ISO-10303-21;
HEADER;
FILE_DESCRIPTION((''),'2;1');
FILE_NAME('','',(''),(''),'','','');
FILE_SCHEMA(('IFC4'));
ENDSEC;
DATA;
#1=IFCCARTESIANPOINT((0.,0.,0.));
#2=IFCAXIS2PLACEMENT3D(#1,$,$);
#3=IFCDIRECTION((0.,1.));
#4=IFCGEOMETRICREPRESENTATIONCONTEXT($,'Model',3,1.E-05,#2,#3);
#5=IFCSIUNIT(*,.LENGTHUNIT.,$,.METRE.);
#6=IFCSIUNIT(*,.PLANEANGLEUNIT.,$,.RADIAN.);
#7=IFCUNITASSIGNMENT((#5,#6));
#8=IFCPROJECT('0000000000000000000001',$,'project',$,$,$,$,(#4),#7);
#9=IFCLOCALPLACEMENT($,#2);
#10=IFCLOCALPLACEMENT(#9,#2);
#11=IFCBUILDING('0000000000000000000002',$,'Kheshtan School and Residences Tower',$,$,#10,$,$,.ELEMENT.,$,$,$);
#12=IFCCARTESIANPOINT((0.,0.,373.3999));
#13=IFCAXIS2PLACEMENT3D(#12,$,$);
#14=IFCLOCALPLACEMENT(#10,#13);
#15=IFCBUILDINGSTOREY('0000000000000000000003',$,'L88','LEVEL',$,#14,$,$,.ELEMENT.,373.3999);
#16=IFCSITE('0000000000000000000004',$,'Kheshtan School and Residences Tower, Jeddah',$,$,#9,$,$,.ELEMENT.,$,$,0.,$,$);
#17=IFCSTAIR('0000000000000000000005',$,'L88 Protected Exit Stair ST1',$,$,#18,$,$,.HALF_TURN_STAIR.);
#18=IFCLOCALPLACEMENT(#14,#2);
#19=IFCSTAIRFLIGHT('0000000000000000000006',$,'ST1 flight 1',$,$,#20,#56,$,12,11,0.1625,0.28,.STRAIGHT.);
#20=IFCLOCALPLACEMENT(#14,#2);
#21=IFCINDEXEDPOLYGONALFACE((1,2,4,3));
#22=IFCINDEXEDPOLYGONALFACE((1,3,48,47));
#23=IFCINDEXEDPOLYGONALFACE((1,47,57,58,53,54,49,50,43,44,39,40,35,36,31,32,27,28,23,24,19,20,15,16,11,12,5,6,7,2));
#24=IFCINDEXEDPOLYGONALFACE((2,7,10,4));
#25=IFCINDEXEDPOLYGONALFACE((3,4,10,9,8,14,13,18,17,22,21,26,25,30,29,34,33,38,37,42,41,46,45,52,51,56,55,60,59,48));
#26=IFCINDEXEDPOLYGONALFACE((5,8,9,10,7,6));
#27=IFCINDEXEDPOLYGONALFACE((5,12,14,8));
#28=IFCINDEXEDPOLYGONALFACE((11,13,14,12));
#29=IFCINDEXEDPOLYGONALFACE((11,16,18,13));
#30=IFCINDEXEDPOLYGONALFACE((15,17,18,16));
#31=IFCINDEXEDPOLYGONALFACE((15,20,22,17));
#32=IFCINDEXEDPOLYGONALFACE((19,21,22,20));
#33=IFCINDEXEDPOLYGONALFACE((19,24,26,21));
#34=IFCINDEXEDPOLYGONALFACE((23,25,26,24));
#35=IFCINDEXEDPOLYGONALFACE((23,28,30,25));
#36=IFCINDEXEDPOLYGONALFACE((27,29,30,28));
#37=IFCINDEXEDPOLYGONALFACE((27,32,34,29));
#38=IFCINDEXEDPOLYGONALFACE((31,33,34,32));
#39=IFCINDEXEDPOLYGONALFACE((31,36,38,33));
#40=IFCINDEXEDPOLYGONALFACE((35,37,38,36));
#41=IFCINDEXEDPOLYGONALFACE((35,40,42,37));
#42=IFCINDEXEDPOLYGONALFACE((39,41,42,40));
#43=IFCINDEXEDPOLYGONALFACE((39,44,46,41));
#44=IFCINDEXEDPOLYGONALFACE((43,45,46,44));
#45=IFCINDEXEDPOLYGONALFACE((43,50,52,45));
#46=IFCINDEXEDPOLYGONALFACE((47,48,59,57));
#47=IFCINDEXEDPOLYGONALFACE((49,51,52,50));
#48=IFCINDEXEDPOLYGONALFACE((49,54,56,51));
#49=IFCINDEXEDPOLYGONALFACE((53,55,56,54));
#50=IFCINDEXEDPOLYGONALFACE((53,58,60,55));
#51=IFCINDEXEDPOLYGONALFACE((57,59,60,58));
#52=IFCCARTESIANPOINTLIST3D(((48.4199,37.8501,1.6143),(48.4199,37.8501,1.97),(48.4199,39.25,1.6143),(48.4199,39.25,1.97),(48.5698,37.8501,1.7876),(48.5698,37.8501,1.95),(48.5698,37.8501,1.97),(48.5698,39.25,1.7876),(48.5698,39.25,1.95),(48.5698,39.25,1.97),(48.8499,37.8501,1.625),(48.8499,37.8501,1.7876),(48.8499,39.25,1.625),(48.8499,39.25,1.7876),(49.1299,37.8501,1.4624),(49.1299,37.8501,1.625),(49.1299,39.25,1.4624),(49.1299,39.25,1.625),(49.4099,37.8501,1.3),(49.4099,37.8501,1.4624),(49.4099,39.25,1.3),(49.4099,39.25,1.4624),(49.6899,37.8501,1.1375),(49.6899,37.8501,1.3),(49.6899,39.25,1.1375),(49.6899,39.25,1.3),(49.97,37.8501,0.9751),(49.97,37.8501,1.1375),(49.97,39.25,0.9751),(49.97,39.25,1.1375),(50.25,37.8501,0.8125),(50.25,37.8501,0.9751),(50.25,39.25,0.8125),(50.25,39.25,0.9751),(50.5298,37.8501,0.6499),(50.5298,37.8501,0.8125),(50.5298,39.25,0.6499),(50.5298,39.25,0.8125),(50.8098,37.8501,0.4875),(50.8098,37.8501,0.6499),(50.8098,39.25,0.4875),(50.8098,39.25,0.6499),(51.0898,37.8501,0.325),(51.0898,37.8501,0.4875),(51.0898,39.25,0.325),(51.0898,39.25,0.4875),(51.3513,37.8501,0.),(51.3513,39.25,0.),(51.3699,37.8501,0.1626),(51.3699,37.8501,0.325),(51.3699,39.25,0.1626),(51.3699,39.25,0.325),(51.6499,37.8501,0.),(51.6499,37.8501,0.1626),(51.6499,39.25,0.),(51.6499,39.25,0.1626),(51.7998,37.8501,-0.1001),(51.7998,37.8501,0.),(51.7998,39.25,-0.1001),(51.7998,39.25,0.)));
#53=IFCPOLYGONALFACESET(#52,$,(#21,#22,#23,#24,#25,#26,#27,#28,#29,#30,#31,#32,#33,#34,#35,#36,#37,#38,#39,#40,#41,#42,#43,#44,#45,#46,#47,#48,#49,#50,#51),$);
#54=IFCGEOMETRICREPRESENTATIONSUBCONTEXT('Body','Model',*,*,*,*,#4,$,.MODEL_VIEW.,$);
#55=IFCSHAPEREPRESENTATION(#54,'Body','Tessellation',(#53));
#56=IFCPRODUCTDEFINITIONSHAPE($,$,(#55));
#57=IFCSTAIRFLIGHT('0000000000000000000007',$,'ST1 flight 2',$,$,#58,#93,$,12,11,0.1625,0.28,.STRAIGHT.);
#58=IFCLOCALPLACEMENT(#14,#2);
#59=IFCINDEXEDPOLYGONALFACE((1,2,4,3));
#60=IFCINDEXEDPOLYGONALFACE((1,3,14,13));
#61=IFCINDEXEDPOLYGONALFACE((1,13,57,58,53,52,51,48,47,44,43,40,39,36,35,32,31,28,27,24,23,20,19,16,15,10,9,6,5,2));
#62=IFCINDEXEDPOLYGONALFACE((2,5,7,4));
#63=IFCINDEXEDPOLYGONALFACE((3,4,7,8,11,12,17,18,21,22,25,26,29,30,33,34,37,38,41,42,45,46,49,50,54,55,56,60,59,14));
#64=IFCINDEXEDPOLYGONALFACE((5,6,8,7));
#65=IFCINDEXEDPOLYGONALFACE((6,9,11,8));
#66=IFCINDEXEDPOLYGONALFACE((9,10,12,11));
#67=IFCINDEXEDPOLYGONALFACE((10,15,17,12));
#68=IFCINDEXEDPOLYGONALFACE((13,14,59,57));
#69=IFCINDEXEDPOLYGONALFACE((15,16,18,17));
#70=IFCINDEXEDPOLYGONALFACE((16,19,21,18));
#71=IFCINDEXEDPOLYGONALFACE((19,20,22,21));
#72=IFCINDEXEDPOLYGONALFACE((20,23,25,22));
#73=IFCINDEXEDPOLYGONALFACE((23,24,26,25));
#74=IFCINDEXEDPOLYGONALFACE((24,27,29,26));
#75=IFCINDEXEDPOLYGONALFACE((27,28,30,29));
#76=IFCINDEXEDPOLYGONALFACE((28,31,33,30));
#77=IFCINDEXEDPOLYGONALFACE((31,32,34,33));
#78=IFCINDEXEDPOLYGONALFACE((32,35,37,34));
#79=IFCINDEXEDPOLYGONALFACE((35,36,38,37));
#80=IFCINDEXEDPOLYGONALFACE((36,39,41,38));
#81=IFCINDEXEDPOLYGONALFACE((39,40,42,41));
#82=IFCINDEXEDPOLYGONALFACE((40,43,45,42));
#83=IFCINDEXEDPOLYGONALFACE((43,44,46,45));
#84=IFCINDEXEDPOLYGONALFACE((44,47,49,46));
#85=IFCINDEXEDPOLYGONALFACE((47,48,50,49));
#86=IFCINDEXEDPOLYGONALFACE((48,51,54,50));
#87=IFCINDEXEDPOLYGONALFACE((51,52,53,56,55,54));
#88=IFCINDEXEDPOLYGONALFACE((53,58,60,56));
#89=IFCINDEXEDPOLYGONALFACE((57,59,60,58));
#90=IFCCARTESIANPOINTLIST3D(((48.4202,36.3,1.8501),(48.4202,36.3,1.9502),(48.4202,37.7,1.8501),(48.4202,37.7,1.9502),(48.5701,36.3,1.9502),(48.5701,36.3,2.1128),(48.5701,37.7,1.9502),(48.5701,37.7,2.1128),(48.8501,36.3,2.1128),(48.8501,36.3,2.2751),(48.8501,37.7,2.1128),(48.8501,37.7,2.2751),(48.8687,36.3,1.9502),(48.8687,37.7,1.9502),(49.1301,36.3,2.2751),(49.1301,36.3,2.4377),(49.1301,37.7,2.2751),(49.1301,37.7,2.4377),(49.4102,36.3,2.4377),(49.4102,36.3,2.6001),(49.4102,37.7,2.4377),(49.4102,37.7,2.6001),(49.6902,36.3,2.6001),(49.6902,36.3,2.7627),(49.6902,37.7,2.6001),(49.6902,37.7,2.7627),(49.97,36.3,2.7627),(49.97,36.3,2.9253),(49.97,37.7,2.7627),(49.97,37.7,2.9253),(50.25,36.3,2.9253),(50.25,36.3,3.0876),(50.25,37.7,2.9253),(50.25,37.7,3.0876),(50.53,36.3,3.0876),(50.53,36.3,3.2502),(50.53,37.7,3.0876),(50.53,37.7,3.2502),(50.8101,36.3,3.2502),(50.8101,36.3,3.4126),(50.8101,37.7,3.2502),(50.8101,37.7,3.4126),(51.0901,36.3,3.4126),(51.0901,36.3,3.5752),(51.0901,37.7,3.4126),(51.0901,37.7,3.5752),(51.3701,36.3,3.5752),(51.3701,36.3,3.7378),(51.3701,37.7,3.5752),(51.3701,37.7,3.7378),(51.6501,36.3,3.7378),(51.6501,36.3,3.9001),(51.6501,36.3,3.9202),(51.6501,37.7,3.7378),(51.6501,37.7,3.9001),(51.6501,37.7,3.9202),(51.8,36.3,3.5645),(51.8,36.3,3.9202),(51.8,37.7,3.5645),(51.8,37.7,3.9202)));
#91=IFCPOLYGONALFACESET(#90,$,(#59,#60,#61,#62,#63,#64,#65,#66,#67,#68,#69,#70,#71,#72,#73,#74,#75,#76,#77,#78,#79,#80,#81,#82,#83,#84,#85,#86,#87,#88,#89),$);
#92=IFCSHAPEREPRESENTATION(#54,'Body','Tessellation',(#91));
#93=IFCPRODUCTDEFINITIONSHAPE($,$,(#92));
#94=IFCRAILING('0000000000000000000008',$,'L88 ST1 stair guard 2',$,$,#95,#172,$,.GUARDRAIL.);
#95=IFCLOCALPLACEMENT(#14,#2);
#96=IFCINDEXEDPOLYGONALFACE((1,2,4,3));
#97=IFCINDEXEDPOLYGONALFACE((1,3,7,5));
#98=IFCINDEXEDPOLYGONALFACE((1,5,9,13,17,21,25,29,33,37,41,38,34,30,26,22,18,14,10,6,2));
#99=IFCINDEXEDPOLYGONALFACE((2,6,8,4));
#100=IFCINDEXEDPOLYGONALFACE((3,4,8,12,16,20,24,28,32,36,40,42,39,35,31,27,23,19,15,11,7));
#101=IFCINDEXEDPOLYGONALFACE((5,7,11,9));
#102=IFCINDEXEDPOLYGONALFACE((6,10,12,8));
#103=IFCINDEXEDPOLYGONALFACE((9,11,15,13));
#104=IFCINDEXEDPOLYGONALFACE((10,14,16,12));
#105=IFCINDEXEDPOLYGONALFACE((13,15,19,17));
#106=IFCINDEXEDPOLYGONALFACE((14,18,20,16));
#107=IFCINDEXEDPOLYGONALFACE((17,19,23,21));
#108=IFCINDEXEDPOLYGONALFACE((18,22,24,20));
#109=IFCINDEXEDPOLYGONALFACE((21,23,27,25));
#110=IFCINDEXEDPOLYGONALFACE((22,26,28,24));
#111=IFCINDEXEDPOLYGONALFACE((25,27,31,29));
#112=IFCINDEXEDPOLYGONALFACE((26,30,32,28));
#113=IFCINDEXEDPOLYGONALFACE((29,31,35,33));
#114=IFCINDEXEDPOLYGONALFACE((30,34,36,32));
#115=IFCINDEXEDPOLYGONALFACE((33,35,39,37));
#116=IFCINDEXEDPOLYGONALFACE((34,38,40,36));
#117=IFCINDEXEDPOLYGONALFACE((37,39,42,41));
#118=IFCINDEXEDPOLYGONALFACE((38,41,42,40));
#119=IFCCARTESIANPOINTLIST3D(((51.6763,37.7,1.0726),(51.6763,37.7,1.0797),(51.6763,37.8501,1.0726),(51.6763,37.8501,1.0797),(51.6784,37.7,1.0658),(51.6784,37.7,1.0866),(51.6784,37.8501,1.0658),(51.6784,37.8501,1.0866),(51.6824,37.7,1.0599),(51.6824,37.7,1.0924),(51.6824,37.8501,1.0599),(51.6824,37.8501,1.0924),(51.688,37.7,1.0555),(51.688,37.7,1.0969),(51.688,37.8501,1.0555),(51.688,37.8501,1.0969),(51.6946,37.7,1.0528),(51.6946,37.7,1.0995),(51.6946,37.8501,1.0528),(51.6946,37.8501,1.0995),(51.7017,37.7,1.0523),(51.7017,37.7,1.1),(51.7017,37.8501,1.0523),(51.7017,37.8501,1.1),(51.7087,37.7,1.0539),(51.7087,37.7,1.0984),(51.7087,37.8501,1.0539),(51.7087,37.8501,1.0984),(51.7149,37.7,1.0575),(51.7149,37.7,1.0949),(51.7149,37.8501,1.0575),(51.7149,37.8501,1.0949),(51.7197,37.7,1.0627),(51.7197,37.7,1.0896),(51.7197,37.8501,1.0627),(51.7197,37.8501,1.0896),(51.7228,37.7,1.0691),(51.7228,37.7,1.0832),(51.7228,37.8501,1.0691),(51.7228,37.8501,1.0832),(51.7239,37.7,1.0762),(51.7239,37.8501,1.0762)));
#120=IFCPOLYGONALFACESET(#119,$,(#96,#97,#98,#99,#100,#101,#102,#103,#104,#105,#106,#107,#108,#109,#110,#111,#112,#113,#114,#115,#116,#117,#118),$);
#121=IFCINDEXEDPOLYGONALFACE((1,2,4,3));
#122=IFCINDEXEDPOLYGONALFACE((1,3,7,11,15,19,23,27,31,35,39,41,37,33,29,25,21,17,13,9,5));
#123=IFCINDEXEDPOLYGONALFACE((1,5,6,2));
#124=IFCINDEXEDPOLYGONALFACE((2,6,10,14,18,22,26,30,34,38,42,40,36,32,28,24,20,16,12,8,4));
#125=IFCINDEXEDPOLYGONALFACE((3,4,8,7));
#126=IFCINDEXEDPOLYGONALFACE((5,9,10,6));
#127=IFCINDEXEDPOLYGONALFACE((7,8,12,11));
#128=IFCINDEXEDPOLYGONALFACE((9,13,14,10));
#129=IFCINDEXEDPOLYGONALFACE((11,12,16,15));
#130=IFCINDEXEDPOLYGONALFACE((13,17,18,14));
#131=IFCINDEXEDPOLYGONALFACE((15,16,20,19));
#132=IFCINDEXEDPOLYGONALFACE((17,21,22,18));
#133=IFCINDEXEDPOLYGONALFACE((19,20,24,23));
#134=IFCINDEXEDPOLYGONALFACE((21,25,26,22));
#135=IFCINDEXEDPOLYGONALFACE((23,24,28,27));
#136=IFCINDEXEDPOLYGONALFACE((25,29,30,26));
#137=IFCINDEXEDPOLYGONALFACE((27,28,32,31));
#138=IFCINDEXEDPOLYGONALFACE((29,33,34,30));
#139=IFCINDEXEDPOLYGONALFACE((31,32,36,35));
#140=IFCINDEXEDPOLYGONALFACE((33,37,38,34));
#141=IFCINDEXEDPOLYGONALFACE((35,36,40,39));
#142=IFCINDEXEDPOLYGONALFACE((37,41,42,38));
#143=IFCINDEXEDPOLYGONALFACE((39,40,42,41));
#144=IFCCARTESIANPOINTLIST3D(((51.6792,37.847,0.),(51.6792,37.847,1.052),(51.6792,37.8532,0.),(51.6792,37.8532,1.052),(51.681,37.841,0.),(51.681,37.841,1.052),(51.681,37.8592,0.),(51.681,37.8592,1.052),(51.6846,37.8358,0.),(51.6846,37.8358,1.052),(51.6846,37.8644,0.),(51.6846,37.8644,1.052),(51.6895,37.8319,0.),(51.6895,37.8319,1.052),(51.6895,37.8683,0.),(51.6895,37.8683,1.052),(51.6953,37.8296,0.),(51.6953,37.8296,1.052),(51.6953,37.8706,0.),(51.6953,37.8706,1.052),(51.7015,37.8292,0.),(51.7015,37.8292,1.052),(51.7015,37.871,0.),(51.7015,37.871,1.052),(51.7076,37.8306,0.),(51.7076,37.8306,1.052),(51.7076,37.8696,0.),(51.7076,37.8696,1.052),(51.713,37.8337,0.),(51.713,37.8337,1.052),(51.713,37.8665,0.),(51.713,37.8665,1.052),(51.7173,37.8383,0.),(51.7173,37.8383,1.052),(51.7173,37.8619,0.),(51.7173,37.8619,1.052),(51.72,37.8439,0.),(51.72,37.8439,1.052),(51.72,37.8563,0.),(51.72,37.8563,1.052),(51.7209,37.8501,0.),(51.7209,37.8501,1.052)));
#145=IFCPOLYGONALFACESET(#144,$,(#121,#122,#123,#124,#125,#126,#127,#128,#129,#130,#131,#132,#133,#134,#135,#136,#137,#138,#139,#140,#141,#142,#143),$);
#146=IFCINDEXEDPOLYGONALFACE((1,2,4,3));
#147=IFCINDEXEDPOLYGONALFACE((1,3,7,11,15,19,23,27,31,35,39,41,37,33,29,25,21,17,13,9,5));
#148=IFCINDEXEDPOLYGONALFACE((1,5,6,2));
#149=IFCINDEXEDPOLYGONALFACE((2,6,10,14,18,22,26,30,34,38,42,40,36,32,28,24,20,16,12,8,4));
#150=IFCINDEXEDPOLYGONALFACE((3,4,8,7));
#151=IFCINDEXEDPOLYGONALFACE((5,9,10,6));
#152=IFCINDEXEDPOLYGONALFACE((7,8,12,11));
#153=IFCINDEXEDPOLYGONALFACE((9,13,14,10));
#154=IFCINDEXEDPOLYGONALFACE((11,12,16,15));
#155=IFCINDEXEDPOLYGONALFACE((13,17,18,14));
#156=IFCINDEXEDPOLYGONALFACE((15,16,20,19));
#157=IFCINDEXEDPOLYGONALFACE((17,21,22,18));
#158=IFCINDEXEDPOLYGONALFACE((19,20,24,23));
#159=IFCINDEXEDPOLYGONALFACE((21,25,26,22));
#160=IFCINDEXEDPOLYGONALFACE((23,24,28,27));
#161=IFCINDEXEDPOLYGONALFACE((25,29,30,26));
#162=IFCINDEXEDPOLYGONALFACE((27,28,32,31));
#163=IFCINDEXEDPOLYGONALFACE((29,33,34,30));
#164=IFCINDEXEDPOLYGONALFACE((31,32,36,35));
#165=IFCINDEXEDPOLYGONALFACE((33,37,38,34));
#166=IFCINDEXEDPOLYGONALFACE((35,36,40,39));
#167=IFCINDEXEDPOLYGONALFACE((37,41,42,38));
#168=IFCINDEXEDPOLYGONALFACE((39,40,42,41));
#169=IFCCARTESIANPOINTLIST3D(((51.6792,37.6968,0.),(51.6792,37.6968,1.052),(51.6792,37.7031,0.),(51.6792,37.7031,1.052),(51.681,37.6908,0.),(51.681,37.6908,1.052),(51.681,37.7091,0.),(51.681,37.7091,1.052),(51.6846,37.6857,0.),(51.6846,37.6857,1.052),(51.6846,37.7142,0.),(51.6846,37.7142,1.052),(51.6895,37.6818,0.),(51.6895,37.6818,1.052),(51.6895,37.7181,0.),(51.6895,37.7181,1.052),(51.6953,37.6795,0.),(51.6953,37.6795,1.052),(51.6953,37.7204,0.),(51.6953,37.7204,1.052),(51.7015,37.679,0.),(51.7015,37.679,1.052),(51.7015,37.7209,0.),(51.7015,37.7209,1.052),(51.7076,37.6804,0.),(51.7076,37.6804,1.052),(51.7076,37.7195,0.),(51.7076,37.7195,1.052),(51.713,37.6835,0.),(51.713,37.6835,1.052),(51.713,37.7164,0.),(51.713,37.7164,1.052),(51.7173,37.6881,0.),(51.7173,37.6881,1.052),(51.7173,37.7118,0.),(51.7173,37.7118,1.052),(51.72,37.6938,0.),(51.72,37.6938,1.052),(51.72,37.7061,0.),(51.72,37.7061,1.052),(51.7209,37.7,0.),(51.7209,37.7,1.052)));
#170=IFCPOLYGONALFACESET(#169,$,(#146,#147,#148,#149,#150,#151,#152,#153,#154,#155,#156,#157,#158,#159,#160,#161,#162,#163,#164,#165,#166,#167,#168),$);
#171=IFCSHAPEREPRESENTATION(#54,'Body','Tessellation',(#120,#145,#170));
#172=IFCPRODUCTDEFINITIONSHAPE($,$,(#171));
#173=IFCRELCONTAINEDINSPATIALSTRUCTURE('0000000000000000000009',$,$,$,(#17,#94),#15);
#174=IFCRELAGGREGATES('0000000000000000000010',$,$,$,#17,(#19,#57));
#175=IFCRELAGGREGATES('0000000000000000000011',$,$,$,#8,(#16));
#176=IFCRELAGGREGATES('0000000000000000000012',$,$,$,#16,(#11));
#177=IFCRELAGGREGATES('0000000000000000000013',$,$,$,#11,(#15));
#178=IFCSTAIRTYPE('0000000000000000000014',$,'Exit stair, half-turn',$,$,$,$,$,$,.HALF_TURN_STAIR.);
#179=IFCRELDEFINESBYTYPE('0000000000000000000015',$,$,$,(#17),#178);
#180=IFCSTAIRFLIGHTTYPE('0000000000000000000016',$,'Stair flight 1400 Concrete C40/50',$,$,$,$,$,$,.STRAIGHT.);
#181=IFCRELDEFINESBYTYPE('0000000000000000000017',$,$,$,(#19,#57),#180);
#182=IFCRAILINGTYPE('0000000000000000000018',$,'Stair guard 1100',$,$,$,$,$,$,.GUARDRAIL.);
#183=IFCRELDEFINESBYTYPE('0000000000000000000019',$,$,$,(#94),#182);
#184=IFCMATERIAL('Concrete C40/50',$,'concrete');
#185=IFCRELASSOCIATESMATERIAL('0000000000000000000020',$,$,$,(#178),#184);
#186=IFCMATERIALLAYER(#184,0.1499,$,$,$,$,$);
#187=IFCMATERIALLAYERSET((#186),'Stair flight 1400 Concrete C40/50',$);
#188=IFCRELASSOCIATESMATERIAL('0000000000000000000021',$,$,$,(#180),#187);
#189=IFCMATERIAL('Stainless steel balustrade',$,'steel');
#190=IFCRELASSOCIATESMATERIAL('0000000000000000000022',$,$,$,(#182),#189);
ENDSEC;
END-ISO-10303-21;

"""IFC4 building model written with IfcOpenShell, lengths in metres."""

from ifc_helpers import new_model, si_unit, direction, frame, origin, origin_2d, place, context, subcontext, project, spatial, polyline, circle, outline, extrude, material, layer, layer_set, type_object, element, aggregate, save


model = new_model("IFC4")

# Units and contexts
model_context = context("Model", 3, precision=1e-05, world=origin(), true_north=direction((0.0, 1.0)))
body_context = subcontext(model_context, "Body", "Model", "MODEL_VIEW")
ifc_project = project(units=[si_unit("LENGTHUNIT", "METRE"), si_unit("PLANEANGLEUNIT", "RADIAN")], contexts=[model_context])

# Site, building, storey
site_placement = place(None, origin())
site = spatial("IfcSite", under=ifc_project, at=site_placement, Name="Kheshtan School and Residences Tower, Jeddah", CompositionType="ELEMENT", RefElevation=0.0)
building_placement = place(site_placement, origin())
building = spatial("IfcBuilding", under=site, at=building_placement, Name="Kheshtan School and Residences Tower", CompositionType="ELEMENT")
storey_placement = place(building_placement, frame((0.0, 0.0, 373.3999)))
storey = spatial("IfcBuildingStorey", under=building, at=storey_placement, Name="L88", Description="LEVEL", CompositionType="ELEMENT", Elevation=373.3999)

# Shared definitions
ifc_material_1 = material(Name="Concrete C40/50", Category="concrete")

# Stair, stair flights
stair_type = type_object("IfcStairType", Name="Exit stair, half-turn", PredefinedType="HALF_TURN_STAIR", material=ifc_material_1)
stair_placement = place(storey_placement, origin())
stair = element("IfcStair", 1, at=stair_placement, inside=storey, type_object=stair_type, Name="L88 Protected Exit Stair ST1", PredefinedType="HALF_TURN_STAIR")
ifc_layer_1 = layer(ifc_material_1, 0.1499)
ifc_layer_set_1 = layer_set([ifc_layer_1], Name="Stair flight 1400 Concrete C40/50")
stair_flight_type = type_object("IfcStairFlightType", Name="Stair flight 1400 Concrete C40/50", PredefinedType="STRAIGHT", material=ifc_layer_set_1)
stair_flight_1_placement = place(storey_placement, frame((51.6499, 38.55, 0.0), z_axis=(0.0, 0.0, 1.0), x_axis=(-1.0, 0.0, 0.0)))
stair_flight_1 = element("IfcStairFlight", 2, at=stair_flight_1_placement, type_object=stair_flight_type, Name="ST1 flight 1", NumberOfRisers=12, NumberOfTreads=11, PredefinedType="STRAIGHT", RiserHeight=0.1625, TreadLength=0.28, context=body_context, shape_type="SweptSolid", body=[
    extrude(outline(polyline([(-0.1499, -0.1001), (-0.1499, 0.0), (0.0, 0.0), (0.0, 0.1626), (0.28, 0.1626), (0.28, 0.325), (0.5601, 0.325), (0.5601, 0.4875), (0.8401, 0.4875), (0.8401, 0.6499), (1.1201, 0.6499), (1.1201, 0.8125), (1.3999, 0.8125), (1.3999, 0.9751), (1.6799, 0.9751), (1.6799, 1.1375), (1.96, 1.1375), (1.96, 1.3), (2.24, 1.3), (2.24, 1.4624), (2.52, 1.4624), (2.52, 1.625), (2.8, 1.625), (2.8, 1.7876), (3.0801, 1.7876), (3.0801, 1.95), (3.0801, 1.97), (3.23, 1.97), (3.23, 1.6143), (0.2986, 0.0), (-0.1499, -0.1001)])), frame((0.0, 0.7, 0.0), z_axis=(0.0, -1.0, 0.0), x_axis=(1.0, 0.0, 0.0)), (0.0, 0.0, 1.0), 1.3999),
])
stair_flight_2_placement = place(storey_placement, frame((48.5701, 37.0, 1.9502), z_axis=(0.0, 0.0, 1.0), x_axis=(1.0, 0.0, 0.0)))
stair_flight_2 = element("IfcStairFlight", 3, at=stair_flight_2_placement, type_object=stair_flight_type, Name="ST1 flight 2", NumberOfRisers=12, NumberOfTreads=11, PredefinedType="STRAIGHT", RiserHeight=0.1625, TreadLength=0.28, context=body_context, shape_type="SweptSolid", body=[
    extrude(outline(polyline([(-0.1499, -0.1001), (-0.1499, 0.0), (0.0, 0.0), (0.0, 0.1626), (0.28, 0.1626), (0.28, 0.325), (0.5601, 0.325), (0.5601, 0.4875), (0.8401, 0.4875), (0.8401, 0.6499), (1.1201, 0.6499), (1.1201, 0.8125), (1.3999, 0.8125), (1.3999, 0.9751), (1.6799, 0.9751), (1.6799, 1.1375), (1.96, 1.1375), (1.96, 1.3), (2.24, 1.3), (2.24, 1.4624), (2.52, 1.4624), (2.52, 1.625), (2.8, 1.625), (2.8, 1.7876), (3.0801, 1.7876), (3.0801, 1.95), (3.0801, 1.97), (3.23, 1.97), (3.23, 1.6143), (0.2986, 0.0), (-0.1499, -0.1001)])), frame((0.0, 0.7, 0.0), z_axis=(0.0, -1.0, 0.0), x_axis=(1.0, 0.0, 0.0)), (0.0, 0.0, 1.0), 1.3999),
])
aggregate(stair, [stair_flight_1, stair_flight_2])

# Railing
ifc_material_2 = material(Name="Stainless steel balustrade", Category="steel")
railing_type_1 = type_object("IfcRailingType", Name="Stair guard 1100", PredefinedType="GUARDRAIL", material=ifc_material_2)
railing_1_placement = place(storey_placement, frame((51.7, 37.8501, 0.0)))
element("IfcRailing", 4, at=railing_1_placement, inside=storey, type_object=railing_type_1, Name="L88 ST1 stair guard 2", PredefinedType="GUARDRAIL", context=body_context, shape_type="SweptSolid", body=[
    extrude(circle(Radius=0.0239, at=origin_2d()), frame((0.0, 0.0, 1.0762), z_axis=(0.0, -1.0, 0.0), x_axis=(1.0, 0.0, 0.0)), (0.0, 0.0, 1.0), 0.1501),
    extrude(circle(Radius=0.021, at=origin_2d()), origin(), (0.0, 0.0, 1.0), 1.052),
    extrude(circle(Radius=0.021, at=origin_2d()), frame((0.0, -0.1501, 0.0)), (0.0, 0.0, 1.0), 1.052),
])

save(model, "model.ifc")
